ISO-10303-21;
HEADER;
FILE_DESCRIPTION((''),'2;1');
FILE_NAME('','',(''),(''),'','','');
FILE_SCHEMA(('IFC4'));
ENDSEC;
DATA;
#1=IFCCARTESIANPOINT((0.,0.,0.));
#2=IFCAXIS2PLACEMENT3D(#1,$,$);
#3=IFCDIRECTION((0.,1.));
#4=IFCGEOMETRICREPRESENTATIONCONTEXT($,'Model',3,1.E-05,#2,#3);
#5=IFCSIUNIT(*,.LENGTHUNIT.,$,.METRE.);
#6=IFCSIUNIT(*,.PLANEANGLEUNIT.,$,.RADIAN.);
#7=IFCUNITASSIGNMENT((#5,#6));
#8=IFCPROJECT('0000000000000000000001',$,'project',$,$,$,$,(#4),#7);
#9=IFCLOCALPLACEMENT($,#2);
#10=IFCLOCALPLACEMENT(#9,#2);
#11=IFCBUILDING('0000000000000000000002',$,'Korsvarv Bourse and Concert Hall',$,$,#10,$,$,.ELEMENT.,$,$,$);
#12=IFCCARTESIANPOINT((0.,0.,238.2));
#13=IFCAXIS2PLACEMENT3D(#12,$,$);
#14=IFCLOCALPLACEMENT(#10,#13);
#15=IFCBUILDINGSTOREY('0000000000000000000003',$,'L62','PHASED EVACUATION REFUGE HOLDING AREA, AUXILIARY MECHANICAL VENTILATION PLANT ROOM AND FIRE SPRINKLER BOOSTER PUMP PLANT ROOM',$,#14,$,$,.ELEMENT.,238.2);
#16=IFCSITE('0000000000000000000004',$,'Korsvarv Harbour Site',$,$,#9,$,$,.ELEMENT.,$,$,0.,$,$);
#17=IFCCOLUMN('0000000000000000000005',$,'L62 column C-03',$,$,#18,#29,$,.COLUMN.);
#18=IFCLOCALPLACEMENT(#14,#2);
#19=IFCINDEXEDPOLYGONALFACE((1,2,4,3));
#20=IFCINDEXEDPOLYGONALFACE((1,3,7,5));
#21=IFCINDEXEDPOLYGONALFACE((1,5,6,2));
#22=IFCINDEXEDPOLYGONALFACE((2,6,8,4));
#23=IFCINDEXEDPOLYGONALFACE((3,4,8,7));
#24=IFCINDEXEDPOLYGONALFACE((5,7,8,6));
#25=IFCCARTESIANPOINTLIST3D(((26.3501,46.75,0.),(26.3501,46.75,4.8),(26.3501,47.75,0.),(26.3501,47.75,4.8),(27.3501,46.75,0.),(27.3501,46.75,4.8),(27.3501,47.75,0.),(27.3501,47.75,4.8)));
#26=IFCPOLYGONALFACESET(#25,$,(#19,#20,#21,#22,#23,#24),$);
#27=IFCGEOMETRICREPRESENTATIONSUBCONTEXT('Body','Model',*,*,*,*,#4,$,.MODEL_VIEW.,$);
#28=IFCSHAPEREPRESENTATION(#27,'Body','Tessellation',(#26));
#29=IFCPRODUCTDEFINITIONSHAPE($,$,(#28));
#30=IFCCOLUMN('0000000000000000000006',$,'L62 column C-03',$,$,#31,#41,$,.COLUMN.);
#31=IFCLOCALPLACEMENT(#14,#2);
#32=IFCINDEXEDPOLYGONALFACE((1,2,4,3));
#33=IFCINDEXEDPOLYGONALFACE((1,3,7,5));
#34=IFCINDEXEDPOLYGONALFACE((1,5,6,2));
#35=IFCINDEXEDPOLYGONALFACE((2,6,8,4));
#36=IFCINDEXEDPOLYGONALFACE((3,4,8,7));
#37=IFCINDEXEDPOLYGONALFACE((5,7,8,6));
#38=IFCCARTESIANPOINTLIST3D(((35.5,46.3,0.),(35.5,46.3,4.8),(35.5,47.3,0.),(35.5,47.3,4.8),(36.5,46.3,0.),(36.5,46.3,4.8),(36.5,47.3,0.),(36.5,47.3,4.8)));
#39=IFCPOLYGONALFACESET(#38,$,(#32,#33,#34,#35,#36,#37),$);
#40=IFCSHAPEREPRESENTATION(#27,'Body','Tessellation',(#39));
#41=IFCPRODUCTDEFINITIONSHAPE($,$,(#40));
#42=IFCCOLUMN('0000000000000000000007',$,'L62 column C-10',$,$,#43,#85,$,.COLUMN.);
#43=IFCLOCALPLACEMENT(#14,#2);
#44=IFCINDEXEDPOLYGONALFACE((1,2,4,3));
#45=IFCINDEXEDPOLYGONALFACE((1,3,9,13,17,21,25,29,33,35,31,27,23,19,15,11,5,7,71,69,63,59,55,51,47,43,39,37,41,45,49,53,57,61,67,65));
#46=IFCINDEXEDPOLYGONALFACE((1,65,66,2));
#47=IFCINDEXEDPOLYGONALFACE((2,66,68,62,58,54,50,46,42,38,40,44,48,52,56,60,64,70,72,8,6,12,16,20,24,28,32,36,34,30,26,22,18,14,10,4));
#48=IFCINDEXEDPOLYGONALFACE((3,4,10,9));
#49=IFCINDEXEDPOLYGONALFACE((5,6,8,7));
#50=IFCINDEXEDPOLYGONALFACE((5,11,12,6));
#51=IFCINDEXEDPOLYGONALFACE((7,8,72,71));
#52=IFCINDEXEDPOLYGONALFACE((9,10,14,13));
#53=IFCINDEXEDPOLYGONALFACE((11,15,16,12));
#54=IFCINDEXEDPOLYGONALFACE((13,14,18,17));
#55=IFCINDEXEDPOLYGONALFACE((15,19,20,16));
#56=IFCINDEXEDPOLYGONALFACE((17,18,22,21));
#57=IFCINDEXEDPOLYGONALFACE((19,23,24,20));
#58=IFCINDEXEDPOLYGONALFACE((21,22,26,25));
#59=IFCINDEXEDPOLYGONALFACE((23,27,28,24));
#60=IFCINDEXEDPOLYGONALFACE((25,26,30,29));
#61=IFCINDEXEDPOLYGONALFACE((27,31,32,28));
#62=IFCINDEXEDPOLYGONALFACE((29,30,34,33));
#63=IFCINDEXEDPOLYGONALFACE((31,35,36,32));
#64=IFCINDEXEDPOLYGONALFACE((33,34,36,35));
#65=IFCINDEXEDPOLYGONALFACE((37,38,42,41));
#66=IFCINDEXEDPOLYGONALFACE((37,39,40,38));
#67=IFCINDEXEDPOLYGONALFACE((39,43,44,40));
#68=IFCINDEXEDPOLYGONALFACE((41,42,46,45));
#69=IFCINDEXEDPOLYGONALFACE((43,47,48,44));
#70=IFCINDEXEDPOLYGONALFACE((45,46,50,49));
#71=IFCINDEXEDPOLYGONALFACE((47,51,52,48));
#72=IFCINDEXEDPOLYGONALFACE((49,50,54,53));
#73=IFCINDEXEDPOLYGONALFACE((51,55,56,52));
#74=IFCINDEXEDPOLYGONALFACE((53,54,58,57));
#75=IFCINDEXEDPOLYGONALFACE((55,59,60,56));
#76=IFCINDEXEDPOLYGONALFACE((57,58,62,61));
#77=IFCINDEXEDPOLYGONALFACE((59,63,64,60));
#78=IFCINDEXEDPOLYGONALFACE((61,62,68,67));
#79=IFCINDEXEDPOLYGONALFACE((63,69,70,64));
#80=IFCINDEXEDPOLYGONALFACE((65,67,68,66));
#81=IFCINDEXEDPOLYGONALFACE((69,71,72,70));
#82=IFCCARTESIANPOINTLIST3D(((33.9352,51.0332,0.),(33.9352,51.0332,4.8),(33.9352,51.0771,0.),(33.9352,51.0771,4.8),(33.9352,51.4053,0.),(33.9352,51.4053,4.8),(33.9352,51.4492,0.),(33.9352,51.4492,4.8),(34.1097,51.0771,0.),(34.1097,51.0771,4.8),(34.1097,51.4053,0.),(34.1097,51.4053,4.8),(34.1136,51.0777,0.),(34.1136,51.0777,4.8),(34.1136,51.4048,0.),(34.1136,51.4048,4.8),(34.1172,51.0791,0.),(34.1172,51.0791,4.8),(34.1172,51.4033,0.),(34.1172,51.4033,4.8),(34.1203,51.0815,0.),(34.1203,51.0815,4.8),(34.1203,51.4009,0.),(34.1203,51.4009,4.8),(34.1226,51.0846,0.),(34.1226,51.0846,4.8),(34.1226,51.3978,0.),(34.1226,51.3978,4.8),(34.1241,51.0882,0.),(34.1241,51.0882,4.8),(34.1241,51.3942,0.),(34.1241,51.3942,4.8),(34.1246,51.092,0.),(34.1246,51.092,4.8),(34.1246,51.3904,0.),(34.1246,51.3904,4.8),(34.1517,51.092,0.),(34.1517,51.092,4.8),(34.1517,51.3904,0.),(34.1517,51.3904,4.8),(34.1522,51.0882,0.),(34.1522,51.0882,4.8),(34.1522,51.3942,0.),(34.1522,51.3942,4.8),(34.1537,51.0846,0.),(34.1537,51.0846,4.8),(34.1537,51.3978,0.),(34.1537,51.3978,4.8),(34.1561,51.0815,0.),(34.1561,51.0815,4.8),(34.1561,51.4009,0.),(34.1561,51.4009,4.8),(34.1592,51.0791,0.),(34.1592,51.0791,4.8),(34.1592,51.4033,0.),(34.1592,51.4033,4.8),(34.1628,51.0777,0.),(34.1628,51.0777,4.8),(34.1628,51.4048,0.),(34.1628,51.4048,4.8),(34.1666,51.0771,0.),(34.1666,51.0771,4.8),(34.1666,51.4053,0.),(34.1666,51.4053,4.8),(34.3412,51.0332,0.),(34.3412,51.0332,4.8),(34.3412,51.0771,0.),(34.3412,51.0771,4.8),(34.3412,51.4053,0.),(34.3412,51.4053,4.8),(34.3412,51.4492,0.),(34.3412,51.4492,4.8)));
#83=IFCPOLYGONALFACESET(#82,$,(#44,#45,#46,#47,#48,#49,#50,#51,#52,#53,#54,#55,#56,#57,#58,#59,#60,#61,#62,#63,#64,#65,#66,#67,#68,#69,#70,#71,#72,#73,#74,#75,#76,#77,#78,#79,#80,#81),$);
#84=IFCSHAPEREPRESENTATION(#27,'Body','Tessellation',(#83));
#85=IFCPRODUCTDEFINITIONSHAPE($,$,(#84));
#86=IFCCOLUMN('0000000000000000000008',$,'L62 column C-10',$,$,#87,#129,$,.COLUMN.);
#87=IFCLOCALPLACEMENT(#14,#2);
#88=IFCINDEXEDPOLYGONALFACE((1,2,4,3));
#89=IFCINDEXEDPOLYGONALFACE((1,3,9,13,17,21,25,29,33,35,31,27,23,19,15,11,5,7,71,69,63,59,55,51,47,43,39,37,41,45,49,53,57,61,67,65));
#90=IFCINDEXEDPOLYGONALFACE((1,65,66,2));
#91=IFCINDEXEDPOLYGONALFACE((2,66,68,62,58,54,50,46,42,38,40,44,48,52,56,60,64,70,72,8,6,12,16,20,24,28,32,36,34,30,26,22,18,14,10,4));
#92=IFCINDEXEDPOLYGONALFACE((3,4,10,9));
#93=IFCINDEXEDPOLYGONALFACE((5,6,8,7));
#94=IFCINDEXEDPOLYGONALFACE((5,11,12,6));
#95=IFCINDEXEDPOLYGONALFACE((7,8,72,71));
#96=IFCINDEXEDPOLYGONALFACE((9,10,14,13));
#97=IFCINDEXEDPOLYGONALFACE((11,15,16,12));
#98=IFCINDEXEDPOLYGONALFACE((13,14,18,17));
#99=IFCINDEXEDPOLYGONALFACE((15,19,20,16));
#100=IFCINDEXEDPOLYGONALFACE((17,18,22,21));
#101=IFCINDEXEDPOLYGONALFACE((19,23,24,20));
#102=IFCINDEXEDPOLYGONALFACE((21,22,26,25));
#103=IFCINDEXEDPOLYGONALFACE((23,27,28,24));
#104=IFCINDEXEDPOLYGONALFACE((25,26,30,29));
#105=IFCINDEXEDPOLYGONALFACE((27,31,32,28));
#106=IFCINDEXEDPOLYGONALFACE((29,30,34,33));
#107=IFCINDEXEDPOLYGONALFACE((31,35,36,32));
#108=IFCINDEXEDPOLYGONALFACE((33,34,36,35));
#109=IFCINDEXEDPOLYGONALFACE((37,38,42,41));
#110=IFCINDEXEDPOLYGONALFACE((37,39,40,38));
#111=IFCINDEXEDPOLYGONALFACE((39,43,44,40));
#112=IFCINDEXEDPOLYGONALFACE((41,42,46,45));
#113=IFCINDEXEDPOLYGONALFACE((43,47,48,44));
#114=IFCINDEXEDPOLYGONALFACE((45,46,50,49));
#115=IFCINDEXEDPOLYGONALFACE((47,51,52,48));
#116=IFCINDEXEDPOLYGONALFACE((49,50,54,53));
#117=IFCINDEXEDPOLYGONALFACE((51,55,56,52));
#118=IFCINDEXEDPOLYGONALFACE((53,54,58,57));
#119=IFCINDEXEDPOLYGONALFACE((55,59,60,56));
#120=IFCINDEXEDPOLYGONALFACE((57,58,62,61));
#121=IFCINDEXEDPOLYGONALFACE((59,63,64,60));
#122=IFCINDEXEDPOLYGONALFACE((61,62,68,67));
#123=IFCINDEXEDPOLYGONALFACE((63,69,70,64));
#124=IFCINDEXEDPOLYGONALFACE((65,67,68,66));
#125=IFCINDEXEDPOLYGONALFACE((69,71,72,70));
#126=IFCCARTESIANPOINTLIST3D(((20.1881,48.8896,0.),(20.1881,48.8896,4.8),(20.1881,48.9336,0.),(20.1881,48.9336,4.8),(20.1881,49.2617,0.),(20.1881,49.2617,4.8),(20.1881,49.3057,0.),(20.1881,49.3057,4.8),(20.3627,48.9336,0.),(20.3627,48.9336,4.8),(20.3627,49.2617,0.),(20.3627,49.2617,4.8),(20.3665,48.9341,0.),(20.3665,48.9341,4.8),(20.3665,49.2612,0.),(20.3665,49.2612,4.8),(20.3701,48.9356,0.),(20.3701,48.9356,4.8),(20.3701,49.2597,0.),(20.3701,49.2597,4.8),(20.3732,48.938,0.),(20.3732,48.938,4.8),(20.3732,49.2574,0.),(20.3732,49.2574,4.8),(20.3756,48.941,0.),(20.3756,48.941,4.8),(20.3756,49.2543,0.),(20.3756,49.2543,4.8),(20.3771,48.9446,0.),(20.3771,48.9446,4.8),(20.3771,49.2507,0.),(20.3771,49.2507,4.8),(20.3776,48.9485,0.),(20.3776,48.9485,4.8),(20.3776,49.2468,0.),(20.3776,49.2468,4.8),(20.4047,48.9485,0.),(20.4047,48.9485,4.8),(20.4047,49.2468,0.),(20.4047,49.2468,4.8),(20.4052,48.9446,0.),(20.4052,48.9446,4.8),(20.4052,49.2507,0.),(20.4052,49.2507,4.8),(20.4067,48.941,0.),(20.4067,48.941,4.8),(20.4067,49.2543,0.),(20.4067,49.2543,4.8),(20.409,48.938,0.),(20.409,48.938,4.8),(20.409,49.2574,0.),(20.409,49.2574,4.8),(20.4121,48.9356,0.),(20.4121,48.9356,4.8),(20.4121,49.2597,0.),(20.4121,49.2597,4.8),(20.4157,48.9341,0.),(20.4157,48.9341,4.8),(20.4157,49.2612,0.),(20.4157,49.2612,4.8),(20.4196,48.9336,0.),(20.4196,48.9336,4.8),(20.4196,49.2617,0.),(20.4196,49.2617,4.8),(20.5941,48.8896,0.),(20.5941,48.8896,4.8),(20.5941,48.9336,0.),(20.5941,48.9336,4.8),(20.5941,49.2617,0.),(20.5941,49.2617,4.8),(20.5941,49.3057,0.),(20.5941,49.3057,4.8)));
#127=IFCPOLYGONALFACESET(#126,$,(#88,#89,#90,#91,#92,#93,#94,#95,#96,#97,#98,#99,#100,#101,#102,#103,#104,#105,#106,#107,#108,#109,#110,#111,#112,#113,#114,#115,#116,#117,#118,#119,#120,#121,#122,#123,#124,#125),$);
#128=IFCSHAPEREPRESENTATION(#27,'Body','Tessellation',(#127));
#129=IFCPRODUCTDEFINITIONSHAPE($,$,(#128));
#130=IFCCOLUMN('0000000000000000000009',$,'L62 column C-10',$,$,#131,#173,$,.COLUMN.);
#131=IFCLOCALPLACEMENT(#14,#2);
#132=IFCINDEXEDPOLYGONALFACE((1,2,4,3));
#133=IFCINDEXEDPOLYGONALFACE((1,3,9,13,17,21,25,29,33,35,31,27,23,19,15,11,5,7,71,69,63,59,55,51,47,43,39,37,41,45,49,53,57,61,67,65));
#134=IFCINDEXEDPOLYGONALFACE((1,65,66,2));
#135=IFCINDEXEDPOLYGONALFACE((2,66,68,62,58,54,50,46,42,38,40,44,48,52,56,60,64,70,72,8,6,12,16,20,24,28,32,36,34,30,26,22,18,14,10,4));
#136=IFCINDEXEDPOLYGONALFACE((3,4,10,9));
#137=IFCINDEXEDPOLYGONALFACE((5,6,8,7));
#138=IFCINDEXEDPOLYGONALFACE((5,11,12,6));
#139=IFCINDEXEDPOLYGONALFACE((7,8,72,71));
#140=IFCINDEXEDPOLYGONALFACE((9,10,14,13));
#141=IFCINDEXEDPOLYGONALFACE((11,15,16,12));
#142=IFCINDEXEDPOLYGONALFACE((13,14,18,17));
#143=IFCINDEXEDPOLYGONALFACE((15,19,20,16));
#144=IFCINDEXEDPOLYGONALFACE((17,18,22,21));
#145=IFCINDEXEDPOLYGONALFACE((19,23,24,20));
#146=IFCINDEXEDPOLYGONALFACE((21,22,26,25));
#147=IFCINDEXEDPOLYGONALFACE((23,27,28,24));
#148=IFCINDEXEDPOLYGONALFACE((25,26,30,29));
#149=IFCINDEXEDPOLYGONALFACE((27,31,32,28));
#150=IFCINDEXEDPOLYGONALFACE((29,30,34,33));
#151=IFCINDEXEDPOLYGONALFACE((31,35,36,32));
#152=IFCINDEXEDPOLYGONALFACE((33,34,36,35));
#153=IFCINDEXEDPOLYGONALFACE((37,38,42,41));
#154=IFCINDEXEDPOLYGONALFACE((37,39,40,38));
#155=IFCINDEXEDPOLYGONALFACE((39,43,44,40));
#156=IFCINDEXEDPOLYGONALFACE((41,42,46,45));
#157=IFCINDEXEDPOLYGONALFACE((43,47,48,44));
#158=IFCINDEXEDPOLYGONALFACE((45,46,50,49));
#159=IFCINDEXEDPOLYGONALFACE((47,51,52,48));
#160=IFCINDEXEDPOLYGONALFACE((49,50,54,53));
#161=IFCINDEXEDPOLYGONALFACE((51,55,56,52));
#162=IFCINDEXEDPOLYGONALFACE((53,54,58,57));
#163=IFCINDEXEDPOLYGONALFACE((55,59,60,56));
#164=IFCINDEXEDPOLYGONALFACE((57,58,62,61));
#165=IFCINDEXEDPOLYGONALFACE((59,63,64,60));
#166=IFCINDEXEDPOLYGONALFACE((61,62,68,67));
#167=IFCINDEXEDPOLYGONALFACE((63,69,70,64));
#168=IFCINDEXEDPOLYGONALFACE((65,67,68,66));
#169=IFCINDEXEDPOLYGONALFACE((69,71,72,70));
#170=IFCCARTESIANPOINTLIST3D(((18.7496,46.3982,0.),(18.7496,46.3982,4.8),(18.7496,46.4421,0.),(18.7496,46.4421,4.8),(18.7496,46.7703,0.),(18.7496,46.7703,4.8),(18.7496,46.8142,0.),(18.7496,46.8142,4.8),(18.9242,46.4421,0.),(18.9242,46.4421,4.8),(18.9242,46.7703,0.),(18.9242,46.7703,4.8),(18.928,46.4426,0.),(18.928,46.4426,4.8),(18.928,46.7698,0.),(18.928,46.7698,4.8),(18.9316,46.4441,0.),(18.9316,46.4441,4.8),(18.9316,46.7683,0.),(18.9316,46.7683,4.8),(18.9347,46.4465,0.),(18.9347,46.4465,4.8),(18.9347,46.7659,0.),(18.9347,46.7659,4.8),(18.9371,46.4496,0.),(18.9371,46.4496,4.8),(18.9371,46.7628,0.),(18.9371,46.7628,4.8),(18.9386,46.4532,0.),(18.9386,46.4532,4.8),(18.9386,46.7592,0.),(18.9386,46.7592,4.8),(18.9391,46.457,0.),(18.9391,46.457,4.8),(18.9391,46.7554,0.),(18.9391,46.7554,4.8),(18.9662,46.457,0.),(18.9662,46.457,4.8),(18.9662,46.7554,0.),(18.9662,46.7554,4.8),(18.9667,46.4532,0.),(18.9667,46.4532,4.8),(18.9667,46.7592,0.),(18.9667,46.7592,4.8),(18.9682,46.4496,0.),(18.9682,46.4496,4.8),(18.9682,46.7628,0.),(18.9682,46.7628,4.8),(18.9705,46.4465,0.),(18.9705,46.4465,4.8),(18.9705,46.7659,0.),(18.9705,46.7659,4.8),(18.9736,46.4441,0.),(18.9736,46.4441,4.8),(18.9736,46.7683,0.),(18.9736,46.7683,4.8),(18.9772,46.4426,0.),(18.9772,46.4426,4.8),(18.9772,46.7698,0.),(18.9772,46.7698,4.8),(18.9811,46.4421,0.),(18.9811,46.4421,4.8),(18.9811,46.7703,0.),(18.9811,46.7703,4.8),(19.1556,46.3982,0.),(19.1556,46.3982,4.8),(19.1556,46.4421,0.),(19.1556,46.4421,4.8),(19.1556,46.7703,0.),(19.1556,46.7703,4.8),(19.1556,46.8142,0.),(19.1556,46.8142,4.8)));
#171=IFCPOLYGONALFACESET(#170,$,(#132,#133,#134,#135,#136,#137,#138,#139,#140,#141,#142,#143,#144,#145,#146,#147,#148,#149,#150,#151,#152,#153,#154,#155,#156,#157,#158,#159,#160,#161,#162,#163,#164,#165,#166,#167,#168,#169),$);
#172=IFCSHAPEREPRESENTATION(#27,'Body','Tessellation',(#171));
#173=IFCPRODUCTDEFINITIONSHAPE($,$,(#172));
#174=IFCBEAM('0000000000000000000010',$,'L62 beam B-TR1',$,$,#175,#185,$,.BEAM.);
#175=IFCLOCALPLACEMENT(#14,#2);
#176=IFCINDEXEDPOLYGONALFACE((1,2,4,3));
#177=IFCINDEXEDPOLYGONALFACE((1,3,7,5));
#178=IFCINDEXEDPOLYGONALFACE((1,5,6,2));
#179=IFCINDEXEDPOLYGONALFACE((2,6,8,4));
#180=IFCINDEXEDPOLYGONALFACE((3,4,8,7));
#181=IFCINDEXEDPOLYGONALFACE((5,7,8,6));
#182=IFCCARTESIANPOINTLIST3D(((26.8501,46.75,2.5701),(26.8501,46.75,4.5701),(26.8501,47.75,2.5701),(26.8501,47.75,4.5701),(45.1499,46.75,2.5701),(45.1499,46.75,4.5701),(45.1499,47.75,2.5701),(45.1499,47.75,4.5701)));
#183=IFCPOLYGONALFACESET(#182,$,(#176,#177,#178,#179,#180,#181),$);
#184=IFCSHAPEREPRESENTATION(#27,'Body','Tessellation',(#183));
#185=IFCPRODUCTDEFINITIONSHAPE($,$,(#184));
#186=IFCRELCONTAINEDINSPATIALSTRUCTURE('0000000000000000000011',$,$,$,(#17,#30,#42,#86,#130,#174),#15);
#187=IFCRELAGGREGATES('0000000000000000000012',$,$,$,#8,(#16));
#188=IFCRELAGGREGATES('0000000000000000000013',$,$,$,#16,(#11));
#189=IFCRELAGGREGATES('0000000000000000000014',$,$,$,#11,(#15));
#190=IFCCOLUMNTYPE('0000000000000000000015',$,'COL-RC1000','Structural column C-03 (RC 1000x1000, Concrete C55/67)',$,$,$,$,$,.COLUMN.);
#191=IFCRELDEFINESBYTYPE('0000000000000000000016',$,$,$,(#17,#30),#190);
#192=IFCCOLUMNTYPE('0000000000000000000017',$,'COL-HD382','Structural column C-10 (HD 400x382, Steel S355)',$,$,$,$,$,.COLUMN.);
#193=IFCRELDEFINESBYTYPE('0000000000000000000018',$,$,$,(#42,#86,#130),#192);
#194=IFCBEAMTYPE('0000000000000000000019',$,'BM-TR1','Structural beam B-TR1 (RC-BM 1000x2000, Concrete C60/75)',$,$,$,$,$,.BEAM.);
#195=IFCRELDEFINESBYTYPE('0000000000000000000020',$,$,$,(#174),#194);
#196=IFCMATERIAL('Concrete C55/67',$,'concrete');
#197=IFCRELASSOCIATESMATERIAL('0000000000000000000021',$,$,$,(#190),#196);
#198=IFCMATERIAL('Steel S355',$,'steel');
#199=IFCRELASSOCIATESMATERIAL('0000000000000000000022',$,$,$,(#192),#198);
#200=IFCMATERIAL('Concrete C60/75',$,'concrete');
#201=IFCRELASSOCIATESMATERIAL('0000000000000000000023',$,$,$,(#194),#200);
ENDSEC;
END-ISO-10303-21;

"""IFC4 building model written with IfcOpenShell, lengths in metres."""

from ifc_helpers import new_model, si_unit, direction, frame, origin, origin_2d, place, context, subcontext, project, spatial, rectangle, i_section, extrude, source, transform, mapped, material, material_profile, profile_set, type_object, element, save


model = new_model("IFC4")

# Units and contexts
model_context = context("Model", 3, precision=1e-05, world=origin(), true_north=direction((0.0, 1.0)))
body_context = subcontext(model_context, "Body", "Model", "MODEL_VIEW")
ifc_project = project(units=[si_unit("LENGTHUNIT", "METRE"), si_unit("PLANEANGLEUNIT", "RADIAN")], contexts=[model_context])

# Site, building, storey
site_placement = place(None, origin())
site = spatial("IfcSite", under=ifc_project, at=site_placement, Name="Korsvarv Harbour Site", CompositionType="ELEMENT", RefElevation=0.0)
building_placement = place(site_placement, origin())
building = spatial("IfcBuilding", under=site, at=building_placement, Name="Korsvarv Bourse and Concert Hall", CompositionType="ELEMENT")
storey_placement = place(building_placement, frame((0.0, 0.0, 238.2)))
storey = spatial("IfcBuildingStorey", under=building, at=storey_placement, Name="L62", Description="PHASED EVACUATION REFUGE HOLDING AREA, AUXILIARY MECHANICAL VENTILATION PLANT ROOM AND FIRE SPRINKLER BOOSTER PUMP PLANT ROOM", CompositionType="ELEMENT", Elevation=238.2)

# Columns
ifc_material_1 = material(Name="Concrete C55/67", Category="concrete")
ifc_material_profile_1 = material_profile(ifc_material_1, rectangle(XDim=1.0, YDim=1.0, at=origin_2d()), Name="RC 1000x1000")
ifc_profile_set_1 = profile_set([ifc_material_profile_1], Name="Concrete C55/67")
column_type_1 = type_object("IfcColumnType", Name="COL-RC1000", Description="Structural column C-03 (RC 1000x1000, Concrete C55/67)", PredefinedType="COLUMN", material=ifc_profile_set_1)
shared_shape_1 = source(origin(), body_context, "Body", "SweptSolid", [
    extrude(rectangle(XDim=1.0, YDim=1.0, at=origin_2d()), origin(), (0.0, 0.0, 1.0), 4.8),
])
for number, where, z_axis, x_axis, name in (
    (1, (26.8501, 47.25, 0.0), (0.0, 0.0, 1.0), (1.0, 0.0, 0.0), "L62 column C-03"),
    (2, (36.0, 46.8, 0.0), (0.0, 0.0, 1.0), (1.0, 0.0, 0.0), "L62 column C-03"),
):
    element("IfcColumn", number, at=place(storey_placement, frame(where, z_axis=z_axis, x_axis=x_axis)), inside=storey, type_object=column_type_1, Name=name, PredefinedType="COLUMN", context=body_context, shape_type="MappedRepresentation", body=[
        mapped(shared_shape_1, transform((0.0, 0.0, 0.0), scale=1.0)),
    ])
ifc_material_2 = material(Name="Steel S355", Category="steel")
ifc_material_profile_2 = material_profile(ifc_material_2, i_section(OverallWidth=0.406, OverallDepth=0.416, WebThickness=0.0271, FlangeThickness=0.0439, FilletRadius=0.0149, at=origin_2d()), Name="HD 400x382")
ifc_profile_set_2 = profile_set([ifc_material_profile_2], Name="Steel S355")
column_type_2 = type_object("IfcColumnType", Name="COL-HD382", Description="Structural column C-10 (HD 400x382, Steel S355)", PredefinedType="COLUMN", material=ifc_profile_set_2)
shared_shape_2 = source(origin(), body_context, "Body", "SweptSolid", [
    extrude(i_section(OverallWidth=0.406, OverallDepth=0.416, WebThickness=0.0271, FlangeThickness=0.0439, FilletRadius=0.0149, at=origin_2d()), origin(), (0.0, 0.0, 1.0), 4.8),
])
for number, where, z_axis, x_axis, name in (
    (3, (34.1382, 51.2412, 0.0), (0.0, 0.0, 1.0), (1.0, 0.0, 0.0), "L62 column C-10"),
    (4, (20.3911, 49.0977, 0.0), (0.0, 0.0, 1.0), (1.0, 0.0, 0.0), "L62 column C-10"),
    (5, (18.9526, 46.6062, 0.0), (0.0, 0.0, 1.0), (1.0, 0.0, 0.0), "L62 column C-10"),
):
    element("IfcColumn", number, at=place(storey_placement, frame(where, z_axis=z_axis, x_axis=x_axis)), inside=storey, type_object=column_type_2, Name=name, PredefinedType="COLUMN", context=body_context, shape_type="MappedRepresentation", body=[
        mapped(shared_shape_2, transform((0.0, 0.0, 0.0), scale=1.0)),
    ])

# Beam
ifc_material_3 = material(Name="Concrete C60/75", Category="concrete")
ifc_material_profile_3 = material_profile(ifc_material_3, rectangle(XDim=1.0, YDim=2.0, at=origin_2d()), Name="RC-BM 1000x2000")
ifc_profile_set_3 = profile_set([ifc_material_profile_3], Name="Concrete C60/75")
beam_type_1 = type_object("IfcBeamType", Name="BM-TR1", Description="Structural beam B-TR1 (RC-BM 1000x2000, Concrete C60/75)", PredefinedType="BEAM", material=ifc_profile_set_3)
shared_shape_3 = source(origin(), body_context, "Body", "SweptSolid", [
    extrude(rectangle(XDim=1.0, YDim=2.0, at=origin_2d()), origin(), (0.0, 0.0, 1.0), 18.2998),
])
beam_1_placement = place(storey_placement, frame((26.8501, 47.25, 3.5701), z_axis=(1.0, 0.0, 0.0), x_axis=(0.0, 1.0, 0.0)))
element("IfcBeam", 6, at=beam_1_placement, inside=storey, type_object=beam_type_1, Name="L62 beam B-TR1", PredefinedType="BEAM", context=body_context, shape_type="MappedRepresentation", body=[
    mapped(shared_shape_3, transform((0.0, 0.0, 0.0), scale=1.0)),
])

save(model, "model.ifc")
